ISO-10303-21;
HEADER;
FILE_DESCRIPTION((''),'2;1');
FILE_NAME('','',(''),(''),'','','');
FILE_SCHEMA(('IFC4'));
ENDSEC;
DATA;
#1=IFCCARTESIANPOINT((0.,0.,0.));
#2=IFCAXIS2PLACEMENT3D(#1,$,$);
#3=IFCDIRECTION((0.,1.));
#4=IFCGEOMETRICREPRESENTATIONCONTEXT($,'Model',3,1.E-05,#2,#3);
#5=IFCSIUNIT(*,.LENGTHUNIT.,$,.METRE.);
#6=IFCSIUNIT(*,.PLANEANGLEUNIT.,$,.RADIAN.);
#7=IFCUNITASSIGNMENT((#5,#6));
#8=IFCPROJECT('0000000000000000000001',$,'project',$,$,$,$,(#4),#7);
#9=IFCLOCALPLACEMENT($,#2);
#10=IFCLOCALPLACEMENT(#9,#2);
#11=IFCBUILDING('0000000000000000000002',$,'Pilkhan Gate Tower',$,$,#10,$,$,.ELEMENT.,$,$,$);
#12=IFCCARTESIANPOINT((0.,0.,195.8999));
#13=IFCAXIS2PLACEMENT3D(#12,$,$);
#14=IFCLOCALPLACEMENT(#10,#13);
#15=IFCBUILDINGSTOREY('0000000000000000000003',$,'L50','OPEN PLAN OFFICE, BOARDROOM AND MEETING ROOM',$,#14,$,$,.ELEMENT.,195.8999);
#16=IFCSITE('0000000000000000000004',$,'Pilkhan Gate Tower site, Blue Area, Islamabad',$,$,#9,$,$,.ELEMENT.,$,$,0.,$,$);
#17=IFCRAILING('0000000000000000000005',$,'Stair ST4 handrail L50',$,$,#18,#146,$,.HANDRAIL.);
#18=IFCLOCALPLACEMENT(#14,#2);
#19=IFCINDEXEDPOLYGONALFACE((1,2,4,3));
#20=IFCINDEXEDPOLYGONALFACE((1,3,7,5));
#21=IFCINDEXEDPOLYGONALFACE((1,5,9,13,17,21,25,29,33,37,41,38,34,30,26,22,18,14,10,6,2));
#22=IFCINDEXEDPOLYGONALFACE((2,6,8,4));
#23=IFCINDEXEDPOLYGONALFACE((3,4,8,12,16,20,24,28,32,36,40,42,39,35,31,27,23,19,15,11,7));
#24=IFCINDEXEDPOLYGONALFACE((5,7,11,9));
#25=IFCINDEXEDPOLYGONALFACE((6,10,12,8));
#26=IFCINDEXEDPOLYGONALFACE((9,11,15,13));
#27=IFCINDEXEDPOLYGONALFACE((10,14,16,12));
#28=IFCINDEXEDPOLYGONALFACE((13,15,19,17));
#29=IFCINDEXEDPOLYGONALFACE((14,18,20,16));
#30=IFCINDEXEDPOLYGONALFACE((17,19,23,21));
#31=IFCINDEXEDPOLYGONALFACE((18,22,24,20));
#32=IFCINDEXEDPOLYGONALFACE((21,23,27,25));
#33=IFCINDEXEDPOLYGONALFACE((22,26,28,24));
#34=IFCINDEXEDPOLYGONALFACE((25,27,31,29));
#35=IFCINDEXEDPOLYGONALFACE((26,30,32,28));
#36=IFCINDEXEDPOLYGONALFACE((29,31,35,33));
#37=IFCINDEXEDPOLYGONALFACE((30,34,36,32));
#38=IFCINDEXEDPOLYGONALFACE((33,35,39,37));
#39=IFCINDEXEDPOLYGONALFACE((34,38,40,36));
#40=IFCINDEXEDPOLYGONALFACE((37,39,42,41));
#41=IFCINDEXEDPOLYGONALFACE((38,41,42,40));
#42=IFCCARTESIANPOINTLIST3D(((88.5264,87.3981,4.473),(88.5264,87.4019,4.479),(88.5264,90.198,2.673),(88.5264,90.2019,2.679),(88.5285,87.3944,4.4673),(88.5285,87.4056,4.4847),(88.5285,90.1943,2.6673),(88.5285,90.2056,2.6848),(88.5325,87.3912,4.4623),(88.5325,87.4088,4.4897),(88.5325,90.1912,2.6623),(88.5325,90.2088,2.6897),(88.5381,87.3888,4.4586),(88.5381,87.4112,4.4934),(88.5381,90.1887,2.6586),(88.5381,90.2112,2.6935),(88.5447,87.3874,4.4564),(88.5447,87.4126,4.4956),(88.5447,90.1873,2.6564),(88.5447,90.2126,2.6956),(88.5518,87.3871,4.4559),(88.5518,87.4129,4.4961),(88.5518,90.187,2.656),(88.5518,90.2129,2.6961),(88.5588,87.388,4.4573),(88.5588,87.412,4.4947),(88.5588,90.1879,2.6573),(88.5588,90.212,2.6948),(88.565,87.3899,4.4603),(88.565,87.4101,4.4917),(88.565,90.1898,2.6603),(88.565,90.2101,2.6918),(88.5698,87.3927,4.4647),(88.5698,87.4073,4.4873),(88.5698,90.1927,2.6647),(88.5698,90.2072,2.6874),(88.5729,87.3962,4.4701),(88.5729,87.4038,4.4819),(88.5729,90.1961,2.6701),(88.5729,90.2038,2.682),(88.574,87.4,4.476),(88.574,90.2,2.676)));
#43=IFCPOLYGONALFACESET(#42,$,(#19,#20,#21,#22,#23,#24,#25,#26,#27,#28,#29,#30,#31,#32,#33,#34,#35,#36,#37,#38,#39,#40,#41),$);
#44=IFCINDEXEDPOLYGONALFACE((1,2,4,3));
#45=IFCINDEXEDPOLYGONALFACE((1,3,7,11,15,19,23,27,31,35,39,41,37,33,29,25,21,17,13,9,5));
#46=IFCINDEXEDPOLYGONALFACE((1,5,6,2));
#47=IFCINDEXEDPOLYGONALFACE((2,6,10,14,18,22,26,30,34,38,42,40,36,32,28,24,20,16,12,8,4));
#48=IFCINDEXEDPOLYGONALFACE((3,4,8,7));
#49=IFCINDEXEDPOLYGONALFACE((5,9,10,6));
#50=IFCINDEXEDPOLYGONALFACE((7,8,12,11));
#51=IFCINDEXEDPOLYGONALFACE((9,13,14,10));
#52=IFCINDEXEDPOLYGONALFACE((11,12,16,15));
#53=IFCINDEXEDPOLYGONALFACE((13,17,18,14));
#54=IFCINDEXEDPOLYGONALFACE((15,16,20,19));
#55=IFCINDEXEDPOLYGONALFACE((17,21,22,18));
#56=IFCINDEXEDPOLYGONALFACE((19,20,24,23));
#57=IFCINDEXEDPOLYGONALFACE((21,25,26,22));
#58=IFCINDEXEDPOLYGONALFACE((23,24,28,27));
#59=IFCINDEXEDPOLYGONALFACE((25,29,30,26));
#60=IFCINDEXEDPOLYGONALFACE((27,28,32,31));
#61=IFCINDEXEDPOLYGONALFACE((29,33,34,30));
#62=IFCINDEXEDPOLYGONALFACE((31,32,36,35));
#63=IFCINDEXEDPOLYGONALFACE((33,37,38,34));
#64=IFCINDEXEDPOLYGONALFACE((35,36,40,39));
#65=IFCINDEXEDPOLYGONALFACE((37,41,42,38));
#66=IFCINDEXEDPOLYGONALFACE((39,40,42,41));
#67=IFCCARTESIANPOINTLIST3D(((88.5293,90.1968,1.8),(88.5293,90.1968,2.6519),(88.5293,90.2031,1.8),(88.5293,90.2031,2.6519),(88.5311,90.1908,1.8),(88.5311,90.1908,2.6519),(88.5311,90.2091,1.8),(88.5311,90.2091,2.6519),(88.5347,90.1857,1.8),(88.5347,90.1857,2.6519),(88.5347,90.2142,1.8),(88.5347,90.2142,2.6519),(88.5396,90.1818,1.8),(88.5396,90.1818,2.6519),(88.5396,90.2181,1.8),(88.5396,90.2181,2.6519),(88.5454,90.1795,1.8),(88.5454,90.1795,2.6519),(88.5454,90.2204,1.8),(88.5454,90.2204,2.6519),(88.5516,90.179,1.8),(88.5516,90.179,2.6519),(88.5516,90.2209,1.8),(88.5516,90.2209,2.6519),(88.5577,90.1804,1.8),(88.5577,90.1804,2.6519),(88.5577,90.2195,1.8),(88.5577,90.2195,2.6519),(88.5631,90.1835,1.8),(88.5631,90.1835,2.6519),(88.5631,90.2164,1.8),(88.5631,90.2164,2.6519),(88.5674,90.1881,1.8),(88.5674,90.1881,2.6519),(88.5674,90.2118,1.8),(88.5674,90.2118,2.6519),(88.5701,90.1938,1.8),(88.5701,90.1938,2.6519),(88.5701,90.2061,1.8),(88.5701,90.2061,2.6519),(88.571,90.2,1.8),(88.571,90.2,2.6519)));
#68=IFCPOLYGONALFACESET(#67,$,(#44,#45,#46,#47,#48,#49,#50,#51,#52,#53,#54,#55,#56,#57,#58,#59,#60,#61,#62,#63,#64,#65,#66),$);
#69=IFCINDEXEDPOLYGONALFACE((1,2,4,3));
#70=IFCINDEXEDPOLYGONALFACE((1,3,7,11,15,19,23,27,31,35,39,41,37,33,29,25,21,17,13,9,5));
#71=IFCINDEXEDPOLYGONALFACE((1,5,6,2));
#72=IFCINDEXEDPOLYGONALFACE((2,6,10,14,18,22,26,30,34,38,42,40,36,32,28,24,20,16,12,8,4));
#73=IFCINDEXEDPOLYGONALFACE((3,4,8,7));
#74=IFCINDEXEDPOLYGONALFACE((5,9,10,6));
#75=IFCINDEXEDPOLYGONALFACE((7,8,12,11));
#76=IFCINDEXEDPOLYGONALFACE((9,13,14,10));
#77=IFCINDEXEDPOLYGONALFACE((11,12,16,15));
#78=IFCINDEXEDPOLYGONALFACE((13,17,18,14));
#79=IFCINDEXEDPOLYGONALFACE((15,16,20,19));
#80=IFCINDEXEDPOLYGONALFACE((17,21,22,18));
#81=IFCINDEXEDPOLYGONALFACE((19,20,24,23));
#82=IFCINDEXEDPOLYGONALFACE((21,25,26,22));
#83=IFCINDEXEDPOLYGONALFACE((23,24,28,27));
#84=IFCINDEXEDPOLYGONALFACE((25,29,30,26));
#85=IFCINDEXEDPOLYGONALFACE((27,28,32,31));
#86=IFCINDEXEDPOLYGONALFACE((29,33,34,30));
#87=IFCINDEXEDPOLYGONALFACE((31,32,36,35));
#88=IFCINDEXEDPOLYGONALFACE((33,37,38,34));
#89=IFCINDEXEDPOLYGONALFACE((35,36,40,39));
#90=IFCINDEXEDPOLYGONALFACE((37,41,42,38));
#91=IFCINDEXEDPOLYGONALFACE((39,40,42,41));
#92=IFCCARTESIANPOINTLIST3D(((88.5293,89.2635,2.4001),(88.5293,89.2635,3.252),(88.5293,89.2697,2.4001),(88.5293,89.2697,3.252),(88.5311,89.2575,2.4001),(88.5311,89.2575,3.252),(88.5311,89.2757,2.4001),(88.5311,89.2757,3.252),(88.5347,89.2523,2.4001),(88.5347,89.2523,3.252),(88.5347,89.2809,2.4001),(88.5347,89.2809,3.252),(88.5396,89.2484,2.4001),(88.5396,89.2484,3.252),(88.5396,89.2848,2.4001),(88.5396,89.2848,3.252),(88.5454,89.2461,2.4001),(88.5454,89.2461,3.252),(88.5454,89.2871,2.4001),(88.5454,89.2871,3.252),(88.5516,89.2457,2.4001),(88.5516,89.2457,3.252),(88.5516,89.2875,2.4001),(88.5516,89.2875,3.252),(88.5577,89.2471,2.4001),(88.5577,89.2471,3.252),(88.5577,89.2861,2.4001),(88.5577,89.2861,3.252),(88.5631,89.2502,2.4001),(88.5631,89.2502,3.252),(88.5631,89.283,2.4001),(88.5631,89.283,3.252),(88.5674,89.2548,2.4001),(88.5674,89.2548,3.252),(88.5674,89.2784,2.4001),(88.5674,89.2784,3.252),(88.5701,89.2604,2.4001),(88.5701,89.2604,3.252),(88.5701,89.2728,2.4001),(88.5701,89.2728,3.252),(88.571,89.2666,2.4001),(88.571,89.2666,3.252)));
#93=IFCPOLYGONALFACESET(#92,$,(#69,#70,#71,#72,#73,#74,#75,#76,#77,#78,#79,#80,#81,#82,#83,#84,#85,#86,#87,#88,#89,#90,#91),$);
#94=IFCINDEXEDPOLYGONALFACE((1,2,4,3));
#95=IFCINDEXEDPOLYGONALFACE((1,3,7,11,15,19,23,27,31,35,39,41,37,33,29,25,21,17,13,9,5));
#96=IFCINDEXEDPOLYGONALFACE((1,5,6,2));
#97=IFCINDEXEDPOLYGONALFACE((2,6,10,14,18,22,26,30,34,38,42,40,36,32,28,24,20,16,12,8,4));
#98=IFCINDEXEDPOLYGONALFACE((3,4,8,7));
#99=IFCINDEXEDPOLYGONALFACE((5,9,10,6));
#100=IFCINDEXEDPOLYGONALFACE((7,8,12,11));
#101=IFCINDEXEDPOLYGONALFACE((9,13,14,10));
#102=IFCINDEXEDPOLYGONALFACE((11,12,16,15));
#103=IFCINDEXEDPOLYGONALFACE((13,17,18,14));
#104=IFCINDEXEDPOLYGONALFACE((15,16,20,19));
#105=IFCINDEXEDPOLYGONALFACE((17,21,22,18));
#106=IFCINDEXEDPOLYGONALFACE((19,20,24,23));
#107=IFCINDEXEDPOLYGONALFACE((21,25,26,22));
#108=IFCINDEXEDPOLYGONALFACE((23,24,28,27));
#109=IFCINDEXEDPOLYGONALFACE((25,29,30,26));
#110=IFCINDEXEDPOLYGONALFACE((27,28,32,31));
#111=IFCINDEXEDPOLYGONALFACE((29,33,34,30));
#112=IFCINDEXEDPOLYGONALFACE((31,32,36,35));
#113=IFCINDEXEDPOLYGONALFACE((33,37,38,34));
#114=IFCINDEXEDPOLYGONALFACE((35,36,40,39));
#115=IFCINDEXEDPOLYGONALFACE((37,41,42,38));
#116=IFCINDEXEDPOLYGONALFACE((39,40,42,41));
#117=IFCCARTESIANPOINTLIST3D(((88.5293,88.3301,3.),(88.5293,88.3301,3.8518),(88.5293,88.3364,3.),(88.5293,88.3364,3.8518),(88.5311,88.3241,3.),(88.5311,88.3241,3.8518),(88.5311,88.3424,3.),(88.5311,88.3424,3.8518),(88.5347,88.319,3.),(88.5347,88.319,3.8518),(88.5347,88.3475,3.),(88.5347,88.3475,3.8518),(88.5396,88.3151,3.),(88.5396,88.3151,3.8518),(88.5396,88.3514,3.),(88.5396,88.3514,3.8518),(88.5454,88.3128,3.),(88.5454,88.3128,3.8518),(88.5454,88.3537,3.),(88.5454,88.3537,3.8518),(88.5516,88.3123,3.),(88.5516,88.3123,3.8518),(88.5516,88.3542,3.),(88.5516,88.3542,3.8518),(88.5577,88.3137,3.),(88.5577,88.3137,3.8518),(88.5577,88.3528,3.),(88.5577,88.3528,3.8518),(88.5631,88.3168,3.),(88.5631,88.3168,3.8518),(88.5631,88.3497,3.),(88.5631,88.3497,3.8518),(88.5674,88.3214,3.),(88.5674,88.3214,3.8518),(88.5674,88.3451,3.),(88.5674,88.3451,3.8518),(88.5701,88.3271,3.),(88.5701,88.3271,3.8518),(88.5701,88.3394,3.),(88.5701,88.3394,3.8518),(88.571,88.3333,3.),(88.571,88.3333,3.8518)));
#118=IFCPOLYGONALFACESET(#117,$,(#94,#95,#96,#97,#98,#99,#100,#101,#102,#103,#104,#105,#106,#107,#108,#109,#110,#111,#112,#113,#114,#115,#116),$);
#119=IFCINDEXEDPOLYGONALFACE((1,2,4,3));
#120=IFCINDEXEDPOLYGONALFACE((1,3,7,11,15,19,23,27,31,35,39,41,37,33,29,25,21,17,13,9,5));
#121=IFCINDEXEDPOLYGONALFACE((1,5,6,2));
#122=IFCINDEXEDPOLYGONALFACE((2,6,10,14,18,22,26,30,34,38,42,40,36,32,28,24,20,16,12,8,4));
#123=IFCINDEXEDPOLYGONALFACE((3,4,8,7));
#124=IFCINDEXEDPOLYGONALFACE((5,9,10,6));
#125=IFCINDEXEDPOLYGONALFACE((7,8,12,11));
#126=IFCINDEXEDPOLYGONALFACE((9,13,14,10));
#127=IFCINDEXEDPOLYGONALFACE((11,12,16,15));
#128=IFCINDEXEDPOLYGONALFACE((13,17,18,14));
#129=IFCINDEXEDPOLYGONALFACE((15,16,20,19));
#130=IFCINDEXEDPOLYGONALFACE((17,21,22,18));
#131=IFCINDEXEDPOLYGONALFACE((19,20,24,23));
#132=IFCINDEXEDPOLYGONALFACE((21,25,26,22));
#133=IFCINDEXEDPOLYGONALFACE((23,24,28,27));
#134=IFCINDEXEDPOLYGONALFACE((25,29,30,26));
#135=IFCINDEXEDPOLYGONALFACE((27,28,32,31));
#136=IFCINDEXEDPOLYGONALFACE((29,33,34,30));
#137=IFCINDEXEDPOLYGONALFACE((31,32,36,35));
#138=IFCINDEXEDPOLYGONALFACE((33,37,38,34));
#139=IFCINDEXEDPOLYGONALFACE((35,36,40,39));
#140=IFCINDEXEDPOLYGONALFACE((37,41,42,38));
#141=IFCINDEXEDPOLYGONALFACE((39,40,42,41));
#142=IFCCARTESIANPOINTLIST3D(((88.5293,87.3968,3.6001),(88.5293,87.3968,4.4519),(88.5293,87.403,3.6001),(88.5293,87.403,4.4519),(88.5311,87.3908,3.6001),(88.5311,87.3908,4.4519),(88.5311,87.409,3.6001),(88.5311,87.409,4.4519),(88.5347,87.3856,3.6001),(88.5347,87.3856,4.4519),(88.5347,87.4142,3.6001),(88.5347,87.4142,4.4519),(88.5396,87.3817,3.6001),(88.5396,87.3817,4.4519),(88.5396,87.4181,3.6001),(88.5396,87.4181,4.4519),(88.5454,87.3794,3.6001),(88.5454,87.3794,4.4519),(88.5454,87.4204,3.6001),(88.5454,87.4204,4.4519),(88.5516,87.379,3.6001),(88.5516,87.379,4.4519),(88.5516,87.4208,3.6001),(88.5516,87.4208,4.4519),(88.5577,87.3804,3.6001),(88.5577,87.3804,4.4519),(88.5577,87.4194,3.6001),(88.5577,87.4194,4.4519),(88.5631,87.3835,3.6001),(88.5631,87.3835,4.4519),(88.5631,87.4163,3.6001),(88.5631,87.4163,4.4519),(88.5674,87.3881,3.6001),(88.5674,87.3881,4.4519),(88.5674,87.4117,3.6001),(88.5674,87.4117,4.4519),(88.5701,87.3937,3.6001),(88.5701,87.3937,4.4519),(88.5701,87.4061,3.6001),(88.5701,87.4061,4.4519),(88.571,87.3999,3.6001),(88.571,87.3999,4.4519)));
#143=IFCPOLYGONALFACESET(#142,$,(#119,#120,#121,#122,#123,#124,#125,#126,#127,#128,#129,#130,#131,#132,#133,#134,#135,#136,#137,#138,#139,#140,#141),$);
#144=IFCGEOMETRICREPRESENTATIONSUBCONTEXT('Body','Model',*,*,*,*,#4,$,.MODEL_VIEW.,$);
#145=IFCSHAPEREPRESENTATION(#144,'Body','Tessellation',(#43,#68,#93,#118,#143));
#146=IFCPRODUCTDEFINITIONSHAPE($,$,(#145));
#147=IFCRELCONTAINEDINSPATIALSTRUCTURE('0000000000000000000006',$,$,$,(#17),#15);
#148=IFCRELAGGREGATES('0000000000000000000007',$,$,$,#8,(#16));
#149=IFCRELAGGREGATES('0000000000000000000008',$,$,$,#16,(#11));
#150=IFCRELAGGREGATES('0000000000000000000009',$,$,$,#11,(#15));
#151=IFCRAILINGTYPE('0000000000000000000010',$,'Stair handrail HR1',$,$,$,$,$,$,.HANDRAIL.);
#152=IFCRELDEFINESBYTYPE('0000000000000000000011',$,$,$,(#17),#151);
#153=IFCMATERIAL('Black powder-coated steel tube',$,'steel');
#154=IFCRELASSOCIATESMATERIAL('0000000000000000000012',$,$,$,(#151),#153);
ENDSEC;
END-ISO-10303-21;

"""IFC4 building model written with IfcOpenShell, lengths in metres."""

from ifc_helpers import new_model, si_unit, direction, frame, origin, origin_2d, place, context, subcontext, project, spatial, circle, extrude, material, type_object, element, save


model = new_model("IFC4")

# Units and contexts
model_context = context("Model", 3, precision=1e-05, world=origin(), true_north=direction((0.0, 1.0)))
body_context = subcontext(model_context, "Body", "Model", "MODEL_VIEW")
ifc_project = project(units=[si_unit("LENGTHUNIT", "METRE"), si_unit("PLANEANGLEUNIT", "RADIAN")], contexts=[model_context])

# Site, building, storey
site_placement = place(None, origin())
site = spatial("IfcSite", under=ifc_project, at=site_placement, Name="Pilkhan Gate Tower site, Blue Area, Islamabad", CompositionType="ELEMENT", RefElevation=0.0)
building_placement = place(site_placement, origin())
building = spatial("IfcBuilding", under=site, at=building_placement, Name="Pilkhan Gate Tower", CompositionType="ELEMENT")
storey_placement = place(building_placement, frame((0.0, 0.0, 195.8999)))
storey = spatial("IfcBuildingStorey", under=building, at=storey_placement, Name="L50", Description="OPEN PLAN OFFICE, BOARDROOM AND MEETING ROOM", CompositionType="ELEMENT", Elevation=195.8999)

# Railing
ifc_material_1 = material(Name="Black powder-coated steel tube", Category="steel")
railing_type_1 = type_object("IfcRailingType", Name="Stair handrail HR1", PredefinedType="HANDRAIL", material=ifc_material_1)
railing_1_placement = place(storey_placement, frame((88.55, 90.2, 1.8)))
element("IfcRailing", 1, at=railing_1_placement, inside=storey, type_object=railing_type_1, Name="Stair ST4 handrail L50", PredefinedType="HANDRAIL", context=body_context, shape_type="SweptSolid", body=[
    extrude(circle(Radius=0.0239, at=origin_2d()), frame((0.0, 0.0, 0.876), z_axis=(0.0, -0.841176, 0.540761), x_axis=(1.0, 0.0, 0.0)), (0.0, 0.0, 1.0), 3.3286),
    extrude(circle(Radius=0.021, at=origin_2d()), origin(), (0.0, 0.0, 1.0), 0.8518),
    extrude(circle(Radius=0.021, at=origin_2d()), frame((0.0, -0.9333, 0.6001)), (0.0, 0.0, 1.0), 0.8518),
    extrude(circle(Radius=0.021, at=origin_2d()), frame((0.0, -1.8667, 1.2)), (0.0, 0.0, 1.0), 0.8518),
    extrude(circle(Radius=0.021, at=origin_2d()), frame((0.0, -2.8, 1.8)), (0.0, 0.0, 1.0), 0.8518),
])

save(model, "model.ifc")
